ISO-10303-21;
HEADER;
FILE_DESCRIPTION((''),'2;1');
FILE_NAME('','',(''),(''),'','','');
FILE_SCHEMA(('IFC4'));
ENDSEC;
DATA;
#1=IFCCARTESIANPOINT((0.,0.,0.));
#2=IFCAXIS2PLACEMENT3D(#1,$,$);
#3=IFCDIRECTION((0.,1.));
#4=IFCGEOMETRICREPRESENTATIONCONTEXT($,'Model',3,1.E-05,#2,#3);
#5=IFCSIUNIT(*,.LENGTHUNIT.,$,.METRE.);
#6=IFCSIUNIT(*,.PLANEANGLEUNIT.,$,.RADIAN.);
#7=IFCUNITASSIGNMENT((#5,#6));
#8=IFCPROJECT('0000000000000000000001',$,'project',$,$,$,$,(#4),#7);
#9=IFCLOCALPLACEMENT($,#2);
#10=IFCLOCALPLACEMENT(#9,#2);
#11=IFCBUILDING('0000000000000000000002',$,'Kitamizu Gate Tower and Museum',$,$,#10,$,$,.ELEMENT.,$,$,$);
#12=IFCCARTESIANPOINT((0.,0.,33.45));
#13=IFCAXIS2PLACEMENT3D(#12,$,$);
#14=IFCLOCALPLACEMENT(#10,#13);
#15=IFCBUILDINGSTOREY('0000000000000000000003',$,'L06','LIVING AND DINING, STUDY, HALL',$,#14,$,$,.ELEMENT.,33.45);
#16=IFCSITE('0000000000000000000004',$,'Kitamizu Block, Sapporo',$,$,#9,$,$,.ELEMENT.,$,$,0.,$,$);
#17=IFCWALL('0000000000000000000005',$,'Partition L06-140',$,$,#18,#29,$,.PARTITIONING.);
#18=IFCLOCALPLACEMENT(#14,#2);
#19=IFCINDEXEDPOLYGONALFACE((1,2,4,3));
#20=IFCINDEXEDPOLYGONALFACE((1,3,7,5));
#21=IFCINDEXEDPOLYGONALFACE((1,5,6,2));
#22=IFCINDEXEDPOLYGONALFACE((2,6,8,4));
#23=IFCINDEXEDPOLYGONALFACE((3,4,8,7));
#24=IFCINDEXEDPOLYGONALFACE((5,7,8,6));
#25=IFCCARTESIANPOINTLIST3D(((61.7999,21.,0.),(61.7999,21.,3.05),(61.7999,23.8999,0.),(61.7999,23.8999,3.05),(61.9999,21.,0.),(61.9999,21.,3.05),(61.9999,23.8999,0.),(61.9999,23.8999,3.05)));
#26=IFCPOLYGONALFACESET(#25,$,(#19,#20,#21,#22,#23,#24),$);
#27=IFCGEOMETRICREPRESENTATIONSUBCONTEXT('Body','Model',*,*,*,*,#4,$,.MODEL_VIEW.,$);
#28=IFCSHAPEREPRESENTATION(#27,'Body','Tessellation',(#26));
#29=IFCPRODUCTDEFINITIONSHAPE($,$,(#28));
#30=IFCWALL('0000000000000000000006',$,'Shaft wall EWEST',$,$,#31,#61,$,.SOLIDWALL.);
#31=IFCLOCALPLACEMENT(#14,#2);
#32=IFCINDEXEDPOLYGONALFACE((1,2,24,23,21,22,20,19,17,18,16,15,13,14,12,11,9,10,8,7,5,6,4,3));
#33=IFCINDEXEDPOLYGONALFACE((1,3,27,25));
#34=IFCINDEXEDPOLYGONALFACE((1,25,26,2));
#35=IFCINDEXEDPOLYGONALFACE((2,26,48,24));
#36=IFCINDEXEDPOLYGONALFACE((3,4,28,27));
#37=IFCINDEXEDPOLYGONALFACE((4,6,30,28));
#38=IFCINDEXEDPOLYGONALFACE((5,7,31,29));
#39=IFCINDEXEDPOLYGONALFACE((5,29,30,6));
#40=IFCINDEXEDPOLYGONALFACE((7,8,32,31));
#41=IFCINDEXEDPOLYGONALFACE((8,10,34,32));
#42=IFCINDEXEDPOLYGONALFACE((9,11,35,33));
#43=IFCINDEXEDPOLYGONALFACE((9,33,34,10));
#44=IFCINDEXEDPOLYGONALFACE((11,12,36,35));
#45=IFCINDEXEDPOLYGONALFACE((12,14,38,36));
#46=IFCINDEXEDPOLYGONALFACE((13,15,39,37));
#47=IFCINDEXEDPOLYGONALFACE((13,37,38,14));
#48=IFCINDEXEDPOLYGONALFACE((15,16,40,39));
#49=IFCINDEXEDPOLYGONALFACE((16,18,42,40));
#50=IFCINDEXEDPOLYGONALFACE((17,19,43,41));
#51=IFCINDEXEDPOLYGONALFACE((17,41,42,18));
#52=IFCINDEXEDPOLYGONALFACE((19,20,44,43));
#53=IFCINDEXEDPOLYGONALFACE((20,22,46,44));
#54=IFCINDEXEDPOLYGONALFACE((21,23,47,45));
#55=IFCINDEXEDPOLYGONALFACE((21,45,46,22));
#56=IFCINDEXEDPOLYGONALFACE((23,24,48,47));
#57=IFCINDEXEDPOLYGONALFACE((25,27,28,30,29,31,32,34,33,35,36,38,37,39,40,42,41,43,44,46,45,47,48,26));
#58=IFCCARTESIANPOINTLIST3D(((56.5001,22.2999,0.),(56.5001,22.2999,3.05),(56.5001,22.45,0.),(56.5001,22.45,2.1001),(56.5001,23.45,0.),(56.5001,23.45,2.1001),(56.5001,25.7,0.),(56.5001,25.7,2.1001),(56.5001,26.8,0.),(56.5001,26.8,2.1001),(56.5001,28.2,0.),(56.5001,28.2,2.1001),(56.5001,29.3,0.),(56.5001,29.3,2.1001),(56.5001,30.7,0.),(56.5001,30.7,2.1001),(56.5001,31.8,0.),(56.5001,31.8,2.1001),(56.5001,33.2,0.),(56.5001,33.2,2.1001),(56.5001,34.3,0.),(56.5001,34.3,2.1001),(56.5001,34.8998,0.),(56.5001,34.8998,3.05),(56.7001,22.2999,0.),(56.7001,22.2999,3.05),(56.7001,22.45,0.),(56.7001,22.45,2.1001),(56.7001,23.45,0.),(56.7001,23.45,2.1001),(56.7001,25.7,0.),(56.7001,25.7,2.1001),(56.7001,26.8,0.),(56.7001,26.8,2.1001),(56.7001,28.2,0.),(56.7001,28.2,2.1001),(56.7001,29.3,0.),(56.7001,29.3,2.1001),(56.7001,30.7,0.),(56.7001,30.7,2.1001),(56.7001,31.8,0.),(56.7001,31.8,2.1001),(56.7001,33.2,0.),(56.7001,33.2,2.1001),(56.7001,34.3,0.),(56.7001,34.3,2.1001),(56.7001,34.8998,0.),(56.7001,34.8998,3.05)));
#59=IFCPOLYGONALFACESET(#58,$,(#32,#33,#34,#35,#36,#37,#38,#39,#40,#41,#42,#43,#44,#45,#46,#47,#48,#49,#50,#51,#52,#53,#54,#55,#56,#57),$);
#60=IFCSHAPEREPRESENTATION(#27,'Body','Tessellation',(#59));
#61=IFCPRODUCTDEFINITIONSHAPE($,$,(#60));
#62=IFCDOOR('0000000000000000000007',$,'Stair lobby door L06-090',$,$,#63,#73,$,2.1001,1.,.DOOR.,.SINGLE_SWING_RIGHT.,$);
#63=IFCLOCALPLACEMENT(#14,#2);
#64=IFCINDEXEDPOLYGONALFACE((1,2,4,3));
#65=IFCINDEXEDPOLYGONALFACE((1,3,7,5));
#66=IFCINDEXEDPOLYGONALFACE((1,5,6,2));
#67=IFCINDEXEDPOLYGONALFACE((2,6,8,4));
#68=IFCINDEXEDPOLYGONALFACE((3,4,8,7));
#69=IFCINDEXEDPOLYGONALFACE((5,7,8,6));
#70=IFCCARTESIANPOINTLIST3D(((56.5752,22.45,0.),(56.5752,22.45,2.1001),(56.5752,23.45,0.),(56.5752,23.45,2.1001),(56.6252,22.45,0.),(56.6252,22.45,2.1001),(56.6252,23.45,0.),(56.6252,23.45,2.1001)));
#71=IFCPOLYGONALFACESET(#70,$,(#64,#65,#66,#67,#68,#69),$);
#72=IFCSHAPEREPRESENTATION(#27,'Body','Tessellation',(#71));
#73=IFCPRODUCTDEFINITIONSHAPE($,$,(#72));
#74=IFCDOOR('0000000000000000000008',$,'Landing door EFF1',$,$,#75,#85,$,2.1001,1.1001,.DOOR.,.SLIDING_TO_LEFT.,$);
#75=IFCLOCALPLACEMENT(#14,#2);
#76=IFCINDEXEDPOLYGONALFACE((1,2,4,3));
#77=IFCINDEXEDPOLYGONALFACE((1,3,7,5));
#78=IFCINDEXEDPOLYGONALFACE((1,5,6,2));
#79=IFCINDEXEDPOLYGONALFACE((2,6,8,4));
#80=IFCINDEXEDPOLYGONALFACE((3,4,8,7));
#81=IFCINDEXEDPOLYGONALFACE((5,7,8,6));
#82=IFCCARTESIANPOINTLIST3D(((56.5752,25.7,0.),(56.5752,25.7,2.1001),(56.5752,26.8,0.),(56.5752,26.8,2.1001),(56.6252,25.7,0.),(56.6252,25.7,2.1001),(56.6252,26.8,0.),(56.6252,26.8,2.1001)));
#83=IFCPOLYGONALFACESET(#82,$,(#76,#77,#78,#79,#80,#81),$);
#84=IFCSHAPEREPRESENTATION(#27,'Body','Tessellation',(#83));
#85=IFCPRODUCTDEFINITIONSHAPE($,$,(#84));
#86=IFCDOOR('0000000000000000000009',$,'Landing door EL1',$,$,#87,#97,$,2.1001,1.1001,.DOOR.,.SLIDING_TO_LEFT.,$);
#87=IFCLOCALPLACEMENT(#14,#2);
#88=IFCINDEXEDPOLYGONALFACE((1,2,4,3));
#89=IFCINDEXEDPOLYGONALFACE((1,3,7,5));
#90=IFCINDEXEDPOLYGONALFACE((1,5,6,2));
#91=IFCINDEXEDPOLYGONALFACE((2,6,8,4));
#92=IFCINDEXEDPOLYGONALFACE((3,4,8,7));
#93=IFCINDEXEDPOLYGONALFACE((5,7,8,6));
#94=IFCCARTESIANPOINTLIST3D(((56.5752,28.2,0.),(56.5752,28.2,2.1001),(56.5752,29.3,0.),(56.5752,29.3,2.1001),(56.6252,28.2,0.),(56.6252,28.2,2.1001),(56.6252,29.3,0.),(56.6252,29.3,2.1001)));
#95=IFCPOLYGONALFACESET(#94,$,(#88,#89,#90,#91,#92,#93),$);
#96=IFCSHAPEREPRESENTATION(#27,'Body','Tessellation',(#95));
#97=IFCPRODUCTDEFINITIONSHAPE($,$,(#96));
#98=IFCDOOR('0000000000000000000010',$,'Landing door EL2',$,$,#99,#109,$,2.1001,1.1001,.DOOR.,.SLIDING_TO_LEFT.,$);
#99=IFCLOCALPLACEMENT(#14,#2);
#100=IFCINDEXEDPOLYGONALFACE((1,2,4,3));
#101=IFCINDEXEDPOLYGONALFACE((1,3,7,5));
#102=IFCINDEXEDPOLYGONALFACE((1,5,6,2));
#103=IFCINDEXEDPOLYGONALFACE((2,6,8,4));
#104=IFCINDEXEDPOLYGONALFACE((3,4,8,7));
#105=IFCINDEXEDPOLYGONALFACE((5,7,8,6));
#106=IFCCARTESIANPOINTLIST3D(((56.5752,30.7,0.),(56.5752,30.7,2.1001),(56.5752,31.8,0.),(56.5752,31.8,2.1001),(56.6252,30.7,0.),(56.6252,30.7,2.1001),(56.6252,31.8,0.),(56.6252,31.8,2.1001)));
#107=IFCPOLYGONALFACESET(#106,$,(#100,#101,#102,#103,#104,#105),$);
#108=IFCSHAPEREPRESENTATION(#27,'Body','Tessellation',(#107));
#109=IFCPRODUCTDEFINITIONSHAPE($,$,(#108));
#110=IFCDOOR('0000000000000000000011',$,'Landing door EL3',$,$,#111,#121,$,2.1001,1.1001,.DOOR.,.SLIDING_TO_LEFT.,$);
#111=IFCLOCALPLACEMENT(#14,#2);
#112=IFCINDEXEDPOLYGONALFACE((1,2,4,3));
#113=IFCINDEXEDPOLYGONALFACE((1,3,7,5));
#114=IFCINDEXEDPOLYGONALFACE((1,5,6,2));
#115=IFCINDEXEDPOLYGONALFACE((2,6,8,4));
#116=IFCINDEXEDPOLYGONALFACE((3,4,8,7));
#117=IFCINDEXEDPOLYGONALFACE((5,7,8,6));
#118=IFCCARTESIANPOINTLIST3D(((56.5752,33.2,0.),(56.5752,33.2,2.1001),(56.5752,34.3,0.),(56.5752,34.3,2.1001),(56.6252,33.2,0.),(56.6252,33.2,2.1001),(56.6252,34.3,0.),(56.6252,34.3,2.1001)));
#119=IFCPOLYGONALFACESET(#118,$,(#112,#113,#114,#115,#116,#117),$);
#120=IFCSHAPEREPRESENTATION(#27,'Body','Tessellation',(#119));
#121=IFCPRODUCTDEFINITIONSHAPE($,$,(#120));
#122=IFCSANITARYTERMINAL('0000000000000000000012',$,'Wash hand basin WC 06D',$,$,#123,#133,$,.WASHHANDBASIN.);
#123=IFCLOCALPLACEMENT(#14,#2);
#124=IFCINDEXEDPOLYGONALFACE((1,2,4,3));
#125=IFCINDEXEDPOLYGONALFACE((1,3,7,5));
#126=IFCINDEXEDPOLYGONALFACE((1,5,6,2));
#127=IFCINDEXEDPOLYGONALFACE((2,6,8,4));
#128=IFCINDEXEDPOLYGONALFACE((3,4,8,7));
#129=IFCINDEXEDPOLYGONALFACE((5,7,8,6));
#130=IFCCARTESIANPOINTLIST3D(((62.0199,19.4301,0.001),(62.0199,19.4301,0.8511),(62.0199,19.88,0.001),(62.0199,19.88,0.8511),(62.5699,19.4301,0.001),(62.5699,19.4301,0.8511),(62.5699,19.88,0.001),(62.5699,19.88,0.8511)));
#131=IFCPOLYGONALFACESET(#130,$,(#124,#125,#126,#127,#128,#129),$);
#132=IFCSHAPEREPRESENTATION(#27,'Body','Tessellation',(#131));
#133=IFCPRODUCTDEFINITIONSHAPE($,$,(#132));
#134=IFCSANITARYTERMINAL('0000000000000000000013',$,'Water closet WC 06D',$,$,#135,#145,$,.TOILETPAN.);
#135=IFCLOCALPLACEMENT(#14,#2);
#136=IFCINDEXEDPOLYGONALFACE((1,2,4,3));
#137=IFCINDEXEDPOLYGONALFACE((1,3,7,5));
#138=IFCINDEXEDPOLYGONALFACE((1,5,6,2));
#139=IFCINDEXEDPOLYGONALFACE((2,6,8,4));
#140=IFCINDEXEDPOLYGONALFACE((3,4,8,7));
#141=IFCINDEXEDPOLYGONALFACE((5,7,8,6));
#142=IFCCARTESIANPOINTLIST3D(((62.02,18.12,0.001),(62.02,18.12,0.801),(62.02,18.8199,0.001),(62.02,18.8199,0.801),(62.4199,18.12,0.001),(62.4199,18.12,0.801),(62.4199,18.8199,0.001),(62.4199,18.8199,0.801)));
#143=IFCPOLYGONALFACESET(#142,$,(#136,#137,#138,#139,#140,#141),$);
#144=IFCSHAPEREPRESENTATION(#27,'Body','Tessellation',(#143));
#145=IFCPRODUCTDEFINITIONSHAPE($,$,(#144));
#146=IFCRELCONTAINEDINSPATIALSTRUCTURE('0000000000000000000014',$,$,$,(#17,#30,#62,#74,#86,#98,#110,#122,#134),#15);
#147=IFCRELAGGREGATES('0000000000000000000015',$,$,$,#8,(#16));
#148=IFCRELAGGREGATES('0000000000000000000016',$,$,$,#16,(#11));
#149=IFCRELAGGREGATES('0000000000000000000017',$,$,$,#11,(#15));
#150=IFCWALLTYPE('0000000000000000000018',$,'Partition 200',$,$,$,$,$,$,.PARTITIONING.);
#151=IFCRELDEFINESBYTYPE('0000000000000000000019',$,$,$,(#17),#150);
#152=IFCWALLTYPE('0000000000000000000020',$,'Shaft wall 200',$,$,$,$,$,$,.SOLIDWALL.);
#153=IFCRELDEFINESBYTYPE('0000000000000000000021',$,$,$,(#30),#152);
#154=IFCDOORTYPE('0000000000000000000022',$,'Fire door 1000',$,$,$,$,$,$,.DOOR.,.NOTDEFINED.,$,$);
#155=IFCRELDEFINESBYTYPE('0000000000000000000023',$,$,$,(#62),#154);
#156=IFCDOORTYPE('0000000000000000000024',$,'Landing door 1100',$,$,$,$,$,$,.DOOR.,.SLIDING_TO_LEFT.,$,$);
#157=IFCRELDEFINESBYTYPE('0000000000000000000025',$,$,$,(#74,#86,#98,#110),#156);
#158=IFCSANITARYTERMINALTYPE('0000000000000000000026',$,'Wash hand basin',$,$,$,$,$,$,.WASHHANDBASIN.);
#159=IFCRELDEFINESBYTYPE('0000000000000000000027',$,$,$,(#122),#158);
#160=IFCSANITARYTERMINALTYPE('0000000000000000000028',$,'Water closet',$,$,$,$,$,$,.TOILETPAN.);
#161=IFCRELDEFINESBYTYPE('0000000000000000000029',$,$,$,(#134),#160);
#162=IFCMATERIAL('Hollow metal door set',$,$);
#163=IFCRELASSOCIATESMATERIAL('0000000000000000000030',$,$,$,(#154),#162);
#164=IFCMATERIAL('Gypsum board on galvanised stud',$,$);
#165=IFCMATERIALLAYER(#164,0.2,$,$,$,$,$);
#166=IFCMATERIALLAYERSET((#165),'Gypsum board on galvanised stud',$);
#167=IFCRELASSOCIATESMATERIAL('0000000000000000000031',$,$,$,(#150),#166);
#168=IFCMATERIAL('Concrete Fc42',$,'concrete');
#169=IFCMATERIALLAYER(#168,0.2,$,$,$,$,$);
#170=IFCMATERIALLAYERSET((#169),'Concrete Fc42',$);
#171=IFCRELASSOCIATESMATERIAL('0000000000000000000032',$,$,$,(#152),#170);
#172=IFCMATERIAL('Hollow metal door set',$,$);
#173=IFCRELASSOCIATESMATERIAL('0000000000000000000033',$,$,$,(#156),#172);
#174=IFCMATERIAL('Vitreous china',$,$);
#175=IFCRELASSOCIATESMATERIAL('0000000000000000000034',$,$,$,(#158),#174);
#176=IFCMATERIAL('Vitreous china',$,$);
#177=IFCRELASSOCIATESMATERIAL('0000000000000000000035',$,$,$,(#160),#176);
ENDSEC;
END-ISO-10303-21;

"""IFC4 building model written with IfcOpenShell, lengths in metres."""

from ifc_helpers import new_model, si_unit, direction, frame, frame_2d, origin, origin_2d, place, context, subcontext, project, spatial, rectangle, extrude, material, layer, layer_set, type_object, element, fill, save


model = new_model("IFC4")

# Units and contexts
model_context = context("Model", 3, precision=1e-05, world=origin(), true_north=direction((0.0, 1.0)))
body_context = subcontext(model_context, "Body", "Model", "MODEL_VIEW")
ifc_project = project(units=[si_unit("LENGTHUNIT", "METRE"), si_unit("PLANEANGLEUNIT", "RADIAN")], contexts=[model_context])

# Site, building, storey
site_placement = place(None, origin())
site = spatial("IfcSite", under=ifc_project, at=site_placement, Name="Kitamizu Block, Sapporo", CompositionType="ELEMENT", RefElevation=0.0)
building_placement = place(site_placement, origin())
building = spatial("IfcBuilding", under=site, at=building_placement, Name="Kitamizu Gate Tower and Museum", CompositionType="ELEMENT")
storey_placement = place(building_placement, frame((0.0, 0.0, 33.45)))
storey = spatial("IfcBuildingStorey", under=building, at=storey_placement, Name="L06", Description="LIVING AND DINING, STUDY, HALL", CompositionType="ELEMENT", Elevation=33.45)

# Shared definitions
ifc_material_1 = material(Name="Hollow metal door set")
door_type_1 = type_object("IfcDoorType", Name="Fire door 1000", OperationType="NOTDEFINED", PredefinedType="DOOR", material=ifc_material_1)

# Shared definitions
ifc_material_2 = material(Name="Gypsum board on galvanised stud")
ifc_layer_1 = layer(ifc_material_2, 0.2)
ifc_layer_set_1 = layer_set([ifc_layer_1], Name="Gypsum board on galvanised stud")
wall_type_1 = type_object("IfcWallType", Name="Partition 200", PredefinedType="PARTITIONING", material=ifc_layer_set_1)

# Wall
for number, where, z_axis, x_axis, name in (
    (1, (61.8999, 23.8999, 0.0), (0.0, 0.0, 1.0), (0.0, -1.0, 0.0), "Partition L06-140"),
):
    element("IfcWall", number, at=place(storey_placement, frame(where, z_axis=z_axis, x_axis=x_axis)), inside=storey, type_object=wall_type_1, Name=name, PredefinedType="PARTITIONING", context=body_context, shape_type="SweptSolid", body=[
        extrude(rectangle(XDim=2.8999, YDim=0.2, at=frame_2d((1.45, 0.0))), origin(), (0.0, 0.0, 1.0), 3.05),
    ])

# Wall, openings, doors
ifc_material_3 = material(Name="Concrete Fc42", Category="concrete")
ifc_layer_2 = layer(ifc_material_3, 0.2)
ifc_layer_set_2 = layer_set([ifc_layer_2], Name="Concrete Fc42")
wall_type_2 = type_object("IfcWallType", Name="Shaft wall 200", PredefinedType="SOLIDWALL", material=ifc_layer_set_2)
wall_1_placement = place(storey_placement, frame((56.6001, 22.3, 0.0), z_axis=(0.0, 0.0, 1.0), x_axis=(0.0, 1.0, 0.0)))
wall_1 = element("IfcWall", 2, at=wall_1_placement, inside=storey, type_object=wall_type_2, Name="Shaft wall EWEST", PredefinedType="SOLIDWALL", context=body_context, shape_type="SweptSolid", body=[
    extrude(rectangle(XDim=12.5999, YDim=0.2, at=frame_2d((6.2998, 0.0))), origin(), (0.0, 0.0, 1.0), 3.05),
])
opening_1_placement = place(wall_1_placement, frame((3.3999, 0.0, 0.0)))
opening_1 = element("IfcOpeningElement", 3, at=opening_1_placement, cuts=wall_1, PredefinedType="OPENING", context=body_context, shape_type="SweptSolid", body=[
    extrude(rectangle(XDim=1.1001, YDim=2.1001, at=frame_2d((0.55, 1.05))), frame((0.0, 0.1099, 0.0), z_axis=(0.0, -1.0, 0.0), x_axis=(1.0, 0.0, 0.0)), (0.0, 0.0, 1.0), 0.22),
])
opening_2_placement = place(wall_1_placement, frame((5.8999, 0.0, 0.0)))
opening_2 = element("IfcOpeningElement", 4, at=opening_2_placement, cuts=wall_1, PredefinedType="OPENING", context=body_context, shape_type="SweptSolid", body=[
    extrude(rectangle(XDim=1.1001, YDim=2.1001, at=frame_2d((0.55, 1.05))), frame((0.0, 0.1099, 0.0), z_axis=(0.0, -1.0, 0.0), x_axis=(1.0, 0.0, 0.0)), (0.0, 0.0, 1.0), 0.22),
])
opening_3_placement = place(wall_1_placement, frame((8.3999, 0.0, 0.0)))
opening_3 = element("IfcOpeningElement", 5, at=opening_3_placement, cuts=wall_1, PredefinedType="OPENING", context=body_context, shape_type="SweptSolid", body=[
    extrude(rectangle(XDim=1.1001, YDim=2.1001, at=frame_2d((0.55, 1.05))), frame((0.0, 0.1099, 0.0), z_axis=(0.0, -1.0, 0.0), x_axis=(1.0, 0.0, 0.0)), (0.0, 0.0, 1.0), 0.22),
])
opening_4_placement = place(wall_1_placement, frame((10.8999, 0.0, 0.0)))
opening_4 = element("IfcOpeningElement", 6, at=opening_4_placement, cuts=wall_1, PredefinedType="OPENING", context=body_context, shape_type="SweptSolid", body=[
    extrude(rectangle(XDim=1.1001, YDim=2.1001, at=frame_2d((0.55, 1.05))), frame((0.0, 0.1099, 0.0), z_axis=(0.0, -1.0, 0.0), x_axis=(1.0, 0.0, 0.0)), (0.0, 0.0, 1.0), 0.22),
])
opening_5_placement = place(wall_1_placement, frame((0.1499, 0.0, 0.0)))
opening_5 = element("IfcOpeningElement", 7, at=opening_5_placement, cuts=wall_1, PredefinedType="OPENING", context=body_context, shape_type="SweptSolid", body=[
    extrude(rectangle(XDim=1.0, YDim=2.1001, at=frame_2d((0.5, 1.05))), frame((0.0, 0.1099, 0.0), z_axis=(0.0, -1.0, 0.0), x_axis=(1.0, 0.0, 0.0)), (0.0, 0.0, 1.0), 0.22),
])
door_1_placement = place(opening_5_placement, origin())
door_1 = element("IfcDoor", 8, at=door_1_placement, inside=storey, type_object=door_type_1, Name="Stair lobby door L06-090", OperationType="SINGLE_SWING_RIGHT", OverallHeight=2.1001, OverallWidth=1.0, PredefinedType="DOOR", context=body_context, shape_type="SweptSolid", body=[
    extrude(rectangle(XDim=1.0, YDim=2.1001, at=frame_2d((0.5, 1.05))), frame((0.0, 0.0249, 0.0), z_axis=(0.0, -1.0, 0.0), x_axis=(1.0, 0.0, 0.0)), (0.0, 0.0, 1.0), 0.05),
])
fill(opening_5, door_1)
ifc_material_4 = material(Name="Hollow metal door set")
door_type_2 = type_object("IfcDoorType", Name="Landing door 1100", OperationType="SLIDING_TO_LEFT", PredefinedType="DOOR", material=ifc_material_4)
door_2_placement = place(opening_1_placement, origin())
door_2 = element("IfcDoor", 9, at=door_2_placement, inside=storey, type_object=door_type_2, Name="Landing door EFF1", OperationType="SLIDING_TO_LEFT", OverallHeight=2.1001, OverallWidth=1.1001, PredefinedType="DOOR", context=body_context, shape_type="SweptSolid", body=[
    extrude(rectangle(XDim=1.1001, YDim=2.1001, at=frame_2d((0.55, 1.05))), frame((0.0, 0.0249, 0.0), z_axis=(0.0, -1.0, 0.0), x_axis=(1.0, 0.0, 0.0)), (0.0, 0.0, 1.0), 0.05),
])
fill(opening_1, door_2)
door_3_placement = place(opening_2_placement, origin())
door_3 = element("IfcDoor", 10, at=door_3_placement, inside=storey, type_object=door_type_2, Name="Landing door EL1", OperationType="SLIDING_TO_LEFT", OverallHeight=2.1001, OverallWidth=1.1001, PredefinedType="DOOR", context=body_context, shape_type="SweptSolid", body=[
    extrude(rectangle(XDim=1.1001, YDim=2.1001, at=frame_2d((0.55, 1.05))), frame((0.0, 0.0249, 0.0), z_axis=(0.0, -1.0, 0.0), x_axis=(1.0, 0.0, 0.0)), (0.0, 0.0, 1.0), 0.05),
])
fill(opening_2, door_3)
door_4_placement = place(opening_3_placement, origin())
door_4 = element("IfcDoor", 11, at=door_4_placement, inside=storey, type_object=door_type_2, Name="Landing door EL2", OperationType="SLIDING_TO_LEFT", OverallHeight=2.1001, OverallWidth=1.1001, PredefinedType="DOOR", context=body_context, shape_type="SweptSolid", body=[
    extrude(rectangle(XDim=1.1001, YDim=2.1001, at=frame_2d((0.55, 1.05))), frame((0.0, 0.0249, 0.0), z_axis=(0.0, -1.0, 0.0), x_axis=(1.0, 0.0, 0.0)), (0.0, 0.0, 1.0), 0.05),
])
fill(opening_3, door_4)
door_5_placement = place(opening_4_placement, origin())
door_5 = element("IfcDoor", 12, at=door_5_placement, inside=storey, type_object=door_type_2, Name="Landing door EL3", OperationType="SLIDING_TO_LEFT", OverallHeight=2.1001, OverallWidth=1.1001, PredefinedType="DOOR", context=body_context, shape_type="SweptSolid", body=[
    extrude(rectangle(XDim=1.1001, YDim=2.1001, at=frame_2d((0.55, 1.05))), frame((0.0, 0.0249, 0.0), z_axis=(0.0, -1.0, 0.0), x_axis=(1.0, 0.0, 0.0)), (0.0, 0.0, 1.0), 0.05),
])
fill(opening_4, door_5)

# Sanitary terminals
ifc_material_5 = material(Name="Vitreous china")
sanitary_terminal_type_1 = type_object("IfcSanitaryTerminalType", Name="Wash hand basin", PredefinedType="WASHHANDBASIN", material=ifc_material_5)
sanitary_terminal_1_placement = place(storey_placement, frame((62.2949, 19.655, 0.001), z_axis=(0.0, 0.0, 1.0), x_axis=(1.0, 0.0, 0.0)))
element("IfcSanitaryTerminal", 13, at=sanitary_terminal_1_placement, inside=storey, type_object=sanitary_terminal_type_1, Name="Wash hand basin WC 06D", PredefinedType="WASHHANDBASIN", context=body_context, shape_type="SweptSolid", body=[
    extrude(rectangle(XDim=0.55, YDim=0.45, at=origin_2d()), origin(), (0.0, 0.0, 1.0), 0.8501),
])
ifc_material_6 = material(Name="Vitreous china")
sanitary_terminal_type_2 = type_object("IfcSanitaryTerminalType", Name="Water closet", PredefinedType="TOILETPAN", material=ifc_material_6)
sanitary_terminal_2_placement = place(storey_placement, frame((62.22, 18.47, 0.001), z_axis=(0.0, 0.0, 1.0), x_axis=(1.0, 0.0, 0.0)))
element("IfcSanitaryTerminal", 14, at=sanitary_terminal_2_placement, inside=storey, type_object=sanitary_terminal_type_2, Name="Water closet WC 06D", PredefinedType="TOILETPAN", context=body_context, shape_type="SweptSolid", body=[
    extrude(rectangle(XDim=0.3999, YDim=0.7, at=origin_2d()), origin(), (0.0, 0.0, 1.0), 0.8),
])

save(model, "model.ifc")
